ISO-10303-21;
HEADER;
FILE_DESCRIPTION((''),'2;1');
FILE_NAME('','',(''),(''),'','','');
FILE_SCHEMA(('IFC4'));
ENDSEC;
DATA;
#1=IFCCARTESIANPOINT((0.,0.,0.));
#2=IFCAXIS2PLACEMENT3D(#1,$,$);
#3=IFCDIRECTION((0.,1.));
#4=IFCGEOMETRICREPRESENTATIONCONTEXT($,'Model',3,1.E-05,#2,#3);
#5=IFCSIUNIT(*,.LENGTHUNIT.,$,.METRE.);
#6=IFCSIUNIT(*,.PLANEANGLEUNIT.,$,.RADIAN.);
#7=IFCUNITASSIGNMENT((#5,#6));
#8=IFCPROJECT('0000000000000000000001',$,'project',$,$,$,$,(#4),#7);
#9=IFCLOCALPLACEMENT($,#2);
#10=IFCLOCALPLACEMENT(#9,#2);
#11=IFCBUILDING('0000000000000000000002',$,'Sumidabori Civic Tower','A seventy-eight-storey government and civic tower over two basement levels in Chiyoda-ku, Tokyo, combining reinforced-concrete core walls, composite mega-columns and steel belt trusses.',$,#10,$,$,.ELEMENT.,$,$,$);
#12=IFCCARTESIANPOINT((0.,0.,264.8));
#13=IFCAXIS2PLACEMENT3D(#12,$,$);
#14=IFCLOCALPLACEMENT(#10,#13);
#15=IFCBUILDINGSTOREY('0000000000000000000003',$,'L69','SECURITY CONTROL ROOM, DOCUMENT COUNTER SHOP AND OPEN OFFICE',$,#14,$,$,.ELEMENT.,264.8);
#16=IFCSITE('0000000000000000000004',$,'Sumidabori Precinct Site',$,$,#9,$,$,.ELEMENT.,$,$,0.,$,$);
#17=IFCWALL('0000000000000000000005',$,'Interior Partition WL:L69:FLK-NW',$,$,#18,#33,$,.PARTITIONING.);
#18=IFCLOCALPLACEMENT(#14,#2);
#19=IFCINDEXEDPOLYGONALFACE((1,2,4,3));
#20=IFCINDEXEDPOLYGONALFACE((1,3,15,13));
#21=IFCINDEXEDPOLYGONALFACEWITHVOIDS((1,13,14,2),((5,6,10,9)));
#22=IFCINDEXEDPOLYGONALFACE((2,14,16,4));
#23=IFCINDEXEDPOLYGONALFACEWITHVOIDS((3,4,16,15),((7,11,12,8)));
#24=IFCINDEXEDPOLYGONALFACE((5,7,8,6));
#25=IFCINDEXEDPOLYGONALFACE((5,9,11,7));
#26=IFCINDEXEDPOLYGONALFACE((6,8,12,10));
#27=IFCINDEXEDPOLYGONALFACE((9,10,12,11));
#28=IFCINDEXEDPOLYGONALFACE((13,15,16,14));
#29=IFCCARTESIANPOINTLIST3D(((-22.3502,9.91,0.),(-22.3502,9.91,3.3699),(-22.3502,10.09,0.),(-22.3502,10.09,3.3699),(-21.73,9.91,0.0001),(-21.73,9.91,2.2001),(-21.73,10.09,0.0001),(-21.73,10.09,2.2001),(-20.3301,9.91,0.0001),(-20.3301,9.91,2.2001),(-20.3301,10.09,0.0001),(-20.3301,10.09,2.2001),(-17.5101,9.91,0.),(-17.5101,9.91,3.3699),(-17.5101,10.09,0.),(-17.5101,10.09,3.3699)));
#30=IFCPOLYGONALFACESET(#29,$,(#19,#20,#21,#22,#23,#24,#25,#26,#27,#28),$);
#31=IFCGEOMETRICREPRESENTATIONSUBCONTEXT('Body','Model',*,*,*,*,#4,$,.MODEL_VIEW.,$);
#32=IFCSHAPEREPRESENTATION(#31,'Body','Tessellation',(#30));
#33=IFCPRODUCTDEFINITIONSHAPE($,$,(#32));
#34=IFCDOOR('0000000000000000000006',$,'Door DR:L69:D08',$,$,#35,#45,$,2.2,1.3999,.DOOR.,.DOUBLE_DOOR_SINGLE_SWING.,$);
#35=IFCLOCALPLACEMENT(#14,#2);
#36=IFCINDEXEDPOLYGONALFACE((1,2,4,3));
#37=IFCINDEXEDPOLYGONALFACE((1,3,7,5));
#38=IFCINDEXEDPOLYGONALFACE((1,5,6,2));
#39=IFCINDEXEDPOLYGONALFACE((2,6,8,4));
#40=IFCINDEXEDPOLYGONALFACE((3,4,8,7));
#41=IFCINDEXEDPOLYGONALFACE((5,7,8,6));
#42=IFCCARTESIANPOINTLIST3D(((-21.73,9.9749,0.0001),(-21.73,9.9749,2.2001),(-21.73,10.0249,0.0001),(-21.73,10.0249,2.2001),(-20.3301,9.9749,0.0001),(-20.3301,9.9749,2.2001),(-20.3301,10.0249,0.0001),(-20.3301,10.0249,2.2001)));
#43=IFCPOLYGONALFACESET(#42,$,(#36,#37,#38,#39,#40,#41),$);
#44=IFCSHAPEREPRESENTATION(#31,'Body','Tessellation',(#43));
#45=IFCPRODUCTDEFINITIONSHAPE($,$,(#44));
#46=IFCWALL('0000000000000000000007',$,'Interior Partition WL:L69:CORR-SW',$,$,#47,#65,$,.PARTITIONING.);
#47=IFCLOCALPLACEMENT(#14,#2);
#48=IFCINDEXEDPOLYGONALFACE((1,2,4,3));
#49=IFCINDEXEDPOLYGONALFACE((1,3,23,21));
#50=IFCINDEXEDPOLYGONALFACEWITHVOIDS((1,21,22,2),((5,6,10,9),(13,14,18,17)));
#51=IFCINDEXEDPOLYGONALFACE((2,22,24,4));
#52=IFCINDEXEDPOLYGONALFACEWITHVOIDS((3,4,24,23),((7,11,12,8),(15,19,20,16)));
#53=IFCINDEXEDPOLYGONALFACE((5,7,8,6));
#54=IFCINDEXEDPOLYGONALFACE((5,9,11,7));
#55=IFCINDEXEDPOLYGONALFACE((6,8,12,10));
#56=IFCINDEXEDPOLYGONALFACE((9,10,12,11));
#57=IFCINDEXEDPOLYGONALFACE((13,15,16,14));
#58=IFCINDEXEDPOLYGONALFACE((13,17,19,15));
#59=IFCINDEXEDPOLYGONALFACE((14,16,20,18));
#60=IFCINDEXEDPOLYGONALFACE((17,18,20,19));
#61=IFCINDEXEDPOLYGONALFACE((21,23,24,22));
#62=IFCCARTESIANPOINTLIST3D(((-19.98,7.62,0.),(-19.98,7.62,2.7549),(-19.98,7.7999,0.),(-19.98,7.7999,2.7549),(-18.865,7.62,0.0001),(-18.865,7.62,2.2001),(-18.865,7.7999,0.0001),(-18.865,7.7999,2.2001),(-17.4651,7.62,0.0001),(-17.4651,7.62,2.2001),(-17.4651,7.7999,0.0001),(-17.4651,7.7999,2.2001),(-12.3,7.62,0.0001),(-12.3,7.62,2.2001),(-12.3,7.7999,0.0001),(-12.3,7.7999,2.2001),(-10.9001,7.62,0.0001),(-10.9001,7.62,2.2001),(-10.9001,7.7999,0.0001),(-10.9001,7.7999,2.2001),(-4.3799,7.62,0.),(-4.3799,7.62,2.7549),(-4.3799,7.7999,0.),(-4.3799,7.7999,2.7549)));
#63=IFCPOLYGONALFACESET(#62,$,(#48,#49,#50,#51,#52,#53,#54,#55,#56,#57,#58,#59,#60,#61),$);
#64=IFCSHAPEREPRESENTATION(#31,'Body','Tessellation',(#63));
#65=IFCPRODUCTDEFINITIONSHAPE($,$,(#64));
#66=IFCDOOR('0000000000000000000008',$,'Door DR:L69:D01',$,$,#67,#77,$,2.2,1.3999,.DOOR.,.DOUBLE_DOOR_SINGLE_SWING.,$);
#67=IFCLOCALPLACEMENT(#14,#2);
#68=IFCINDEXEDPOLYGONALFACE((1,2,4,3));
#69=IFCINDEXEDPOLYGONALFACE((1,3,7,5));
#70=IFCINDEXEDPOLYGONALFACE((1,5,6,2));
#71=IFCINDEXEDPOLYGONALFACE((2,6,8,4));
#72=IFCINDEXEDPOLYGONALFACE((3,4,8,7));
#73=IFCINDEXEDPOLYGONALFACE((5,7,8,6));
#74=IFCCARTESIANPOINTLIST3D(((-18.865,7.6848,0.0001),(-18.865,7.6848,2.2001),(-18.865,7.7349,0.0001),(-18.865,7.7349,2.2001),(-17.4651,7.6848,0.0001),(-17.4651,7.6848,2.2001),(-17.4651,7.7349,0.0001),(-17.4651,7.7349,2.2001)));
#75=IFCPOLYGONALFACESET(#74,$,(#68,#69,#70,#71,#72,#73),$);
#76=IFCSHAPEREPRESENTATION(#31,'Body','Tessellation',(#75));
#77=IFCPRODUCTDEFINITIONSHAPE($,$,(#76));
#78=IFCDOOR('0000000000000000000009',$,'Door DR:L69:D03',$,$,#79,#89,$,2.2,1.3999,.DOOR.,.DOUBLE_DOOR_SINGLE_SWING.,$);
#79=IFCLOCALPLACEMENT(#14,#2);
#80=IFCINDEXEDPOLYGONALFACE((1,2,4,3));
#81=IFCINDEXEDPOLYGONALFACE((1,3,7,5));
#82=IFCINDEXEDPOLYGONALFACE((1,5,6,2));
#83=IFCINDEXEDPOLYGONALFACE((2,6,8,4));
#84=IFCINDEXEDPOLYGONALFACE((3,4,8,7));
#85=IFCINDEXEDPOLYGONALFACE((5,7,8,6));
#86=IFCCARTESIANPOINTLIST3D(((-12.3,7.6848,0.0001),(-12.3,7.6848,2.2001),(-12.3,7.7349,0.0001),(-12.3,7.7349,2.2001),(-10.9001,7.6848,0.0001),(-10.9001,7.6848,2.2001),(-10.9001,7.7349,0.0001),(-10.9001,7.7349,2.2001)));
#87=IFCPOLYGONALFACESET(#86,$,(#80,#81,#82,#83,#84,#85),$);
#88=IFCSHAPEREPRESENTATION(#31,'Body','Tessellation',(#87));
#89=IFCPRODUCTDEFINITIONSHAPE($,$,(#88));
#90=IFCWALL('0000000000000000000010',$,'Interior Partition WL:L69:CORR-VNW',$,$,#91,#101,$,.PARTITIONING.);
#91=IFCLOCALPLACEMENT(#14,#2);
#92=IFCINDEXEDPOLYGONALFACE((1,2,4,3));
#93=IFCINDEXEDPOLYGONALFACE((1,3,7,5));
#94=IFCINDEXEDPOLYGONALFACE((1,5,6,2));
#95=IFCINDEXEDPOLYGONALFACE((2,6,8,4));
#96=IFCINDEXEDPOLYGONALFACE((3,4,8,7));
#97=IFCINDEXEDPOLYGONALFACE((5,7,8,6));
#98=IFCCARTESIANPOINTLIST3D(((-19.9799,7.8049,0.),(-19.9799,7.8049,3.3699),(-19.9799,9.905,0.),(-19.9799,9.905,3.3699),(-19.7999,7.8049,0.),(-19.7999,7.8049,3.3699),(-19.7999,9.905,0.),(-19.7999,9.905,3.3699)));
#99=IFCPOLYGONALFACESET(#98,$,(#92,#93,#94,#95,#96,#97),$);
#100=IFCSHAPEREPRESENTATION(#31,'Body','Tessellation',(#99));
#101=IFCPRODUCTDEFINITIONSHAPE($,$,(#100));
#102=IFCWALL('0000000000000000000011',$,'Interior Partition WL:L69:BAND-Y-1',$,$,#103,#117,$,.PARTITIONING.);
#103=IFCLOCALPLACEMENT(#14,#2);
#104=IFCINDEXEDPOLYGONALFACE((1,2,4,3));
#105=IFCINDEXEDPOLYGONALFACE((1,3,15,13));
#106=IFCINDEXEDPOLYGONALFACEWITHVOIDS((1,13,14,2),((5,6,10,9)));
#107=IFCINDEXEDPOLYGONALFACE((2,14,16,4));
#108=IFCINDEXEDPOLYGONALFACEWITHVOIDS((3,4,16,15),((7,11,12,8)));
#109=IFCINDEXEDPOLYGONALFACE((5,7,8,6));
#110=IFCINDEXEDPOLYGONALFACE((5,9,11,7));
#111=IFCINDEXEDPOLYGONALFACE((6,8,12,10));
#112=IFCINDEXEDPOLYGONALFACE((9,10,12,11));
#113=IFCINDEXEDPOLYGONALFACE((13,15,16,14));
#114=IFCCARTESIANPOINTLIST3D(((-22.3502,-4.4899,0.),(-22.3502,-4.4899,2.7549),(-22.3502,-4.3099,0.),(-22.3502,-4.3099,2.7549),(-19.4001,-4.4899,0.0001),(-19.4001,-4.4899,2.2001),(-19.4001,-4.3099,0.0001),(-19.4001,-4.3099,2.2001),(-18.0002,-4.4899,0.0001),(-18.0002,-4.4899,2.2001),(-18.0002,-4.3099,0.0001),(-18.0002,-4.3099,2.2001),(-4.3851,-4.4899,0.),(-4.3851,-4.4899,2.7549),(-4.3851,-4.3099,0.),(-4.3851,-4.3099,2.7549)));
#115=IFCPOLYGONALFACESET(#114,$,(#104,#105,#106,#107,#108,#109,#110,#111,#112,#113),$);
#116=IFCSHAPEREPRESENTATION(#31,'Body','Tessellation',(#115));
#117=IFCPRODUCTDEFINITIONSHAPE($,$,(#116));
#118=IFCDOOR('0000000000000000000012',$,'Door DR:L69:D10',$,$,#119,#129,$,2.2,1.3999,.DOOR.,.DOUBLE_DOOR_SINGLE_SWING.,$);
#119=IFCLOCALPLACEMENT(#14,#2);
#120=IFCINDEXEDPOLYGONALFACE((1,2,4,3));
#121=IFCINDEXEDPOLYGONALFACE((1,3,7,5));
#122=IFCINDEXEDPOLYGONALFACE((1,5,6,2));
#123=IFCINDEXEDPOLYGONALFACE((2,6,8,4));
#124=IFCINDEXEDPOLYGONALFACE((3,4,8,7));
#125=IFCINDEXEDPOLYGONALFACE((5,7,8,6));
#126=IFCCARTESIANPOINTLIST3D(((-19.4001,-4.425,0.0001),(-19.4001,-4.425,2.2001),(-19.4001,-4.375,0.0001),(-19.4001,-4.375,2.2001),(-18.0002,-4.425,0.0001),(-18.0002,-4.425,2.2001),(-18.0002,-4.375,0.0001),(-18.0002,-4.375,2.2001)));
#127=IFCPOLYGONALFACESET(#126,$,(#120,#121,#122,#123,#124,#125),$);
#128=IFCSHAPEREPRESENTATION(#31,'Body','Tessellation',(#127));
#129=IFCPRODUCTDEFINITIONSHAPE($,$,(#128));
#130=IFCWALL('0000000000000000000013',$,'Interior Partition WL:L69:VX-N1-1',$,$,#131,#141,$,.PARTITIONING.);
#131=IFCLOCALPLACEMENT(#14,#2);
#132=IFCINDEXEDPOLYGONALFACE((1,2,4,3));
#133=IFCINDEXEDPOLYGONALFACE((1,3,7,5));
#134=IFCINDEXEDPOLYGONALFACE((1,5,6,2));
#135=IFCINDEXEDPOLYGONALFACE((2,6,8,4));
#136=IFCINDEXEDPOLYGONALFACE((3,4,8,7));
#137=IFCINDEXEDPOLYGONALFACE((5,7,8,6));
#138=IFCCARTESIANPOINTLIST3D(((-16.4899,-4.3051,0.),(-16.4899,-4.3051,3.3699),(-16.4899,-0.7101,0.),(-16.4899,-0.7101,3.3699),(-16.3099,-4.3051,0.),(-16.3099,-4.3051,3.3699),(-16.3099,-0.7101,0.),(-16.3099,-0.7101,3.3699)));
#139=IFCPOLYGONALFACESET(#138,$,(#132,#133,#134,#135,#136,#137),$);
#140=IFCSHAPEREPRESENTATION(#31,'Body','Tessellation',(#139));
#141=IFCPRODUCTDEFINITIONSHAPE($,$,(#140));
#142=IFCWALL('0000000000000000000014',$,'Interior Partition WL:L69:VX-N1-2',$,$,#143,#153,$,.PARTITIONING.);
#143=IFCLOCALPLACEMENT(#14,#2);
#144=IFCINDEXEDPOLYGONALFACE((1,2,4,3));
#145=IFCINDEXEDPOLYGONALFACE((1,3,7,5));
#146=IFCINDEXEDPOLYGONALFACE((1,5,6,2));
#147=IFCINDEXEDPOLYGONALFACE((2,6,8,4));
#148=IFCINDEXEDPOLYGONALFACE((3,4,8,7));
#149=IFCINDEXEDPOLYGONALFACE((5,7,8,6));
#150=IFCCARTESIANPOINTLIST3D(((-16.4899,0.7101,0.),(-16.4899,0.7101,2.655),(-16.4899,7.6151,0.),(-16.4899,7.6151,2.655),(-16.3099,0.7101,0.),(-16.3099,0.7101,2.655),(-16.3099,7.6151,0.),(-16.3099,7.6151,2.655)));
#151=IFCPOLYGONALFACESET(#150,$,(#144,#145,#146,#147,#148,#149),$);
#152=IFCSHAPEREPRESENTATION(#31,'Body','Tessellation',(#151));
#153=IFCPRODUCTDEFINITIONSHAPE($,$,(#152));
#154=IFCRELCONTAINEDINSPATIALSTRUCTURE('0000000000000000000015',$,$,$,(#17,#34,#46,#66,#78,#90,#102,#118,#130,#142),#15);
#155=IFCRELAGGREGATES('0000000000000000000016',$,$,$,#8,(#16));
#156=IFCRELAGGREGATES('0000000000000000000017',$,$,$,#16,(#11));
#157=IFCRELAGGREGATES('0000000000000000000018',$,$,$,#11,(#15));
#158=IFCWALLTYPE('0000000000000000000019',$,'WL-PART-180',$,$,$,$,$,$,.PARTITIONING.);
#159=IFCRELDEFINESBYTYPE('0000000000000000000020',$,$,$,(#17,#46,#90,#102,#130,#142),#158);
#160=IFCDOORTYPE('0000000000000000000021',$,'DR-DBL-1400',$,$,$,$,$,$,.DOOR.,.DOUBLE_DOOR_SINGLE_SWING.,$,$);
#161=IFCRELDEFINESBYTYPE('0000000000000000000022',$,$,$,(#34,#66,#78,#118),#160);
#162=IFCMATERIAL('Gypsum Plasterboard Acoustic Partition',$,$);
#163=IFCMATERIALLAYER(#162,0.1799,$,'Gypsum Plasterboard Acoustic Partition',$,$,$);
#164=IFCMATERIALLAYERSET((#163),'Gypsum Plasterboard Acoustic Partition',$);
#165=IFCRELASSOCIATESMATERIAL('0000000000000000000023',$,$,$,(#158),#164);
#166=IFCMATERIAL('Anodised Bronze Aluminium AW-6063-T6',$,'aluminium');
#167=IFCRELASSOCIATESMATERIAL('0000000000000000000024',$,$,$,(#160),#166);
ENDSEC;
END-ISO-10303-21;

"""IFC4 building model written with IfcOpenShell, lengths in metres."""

from ifc_helpers import new_model, si_unit, direction, frame, frame_2d, origin, place, context, subcontext, project, spatial, rectangle, extrude, source, transform, mapped, material, layer, layer_set, type_object, element, fill, save


model = new_model("IFC4")

# Units and contexts
model_context = context("Model", 3, precision=1e-05, world=origin(), true_north=direction((0.0, 1.0)))
body_context = subcontext(model_context, "Body", "Model", "MODEL_VIEW")
ifc_project = project(units=[si_unit("LENGTHUNIT", "METRE"), si_unit("PLANEANGLEUNIT", "RADIAN")], contexts=[model_context])

# Site, building, storey
site_placement = place(None, origin())
site = spatial("IfcSite", under=ifc_project, at=site_placement, Name="Sumidabori Precinct Site", CompositionType="ELEMENT", RefElevation=0.0)
building_placement = place(site_placement, origin())
building = spatial("IfcBuilding", under=site, at=building_placement, Name="Sumidabori Civic Tower", Description="A seventy-eight-storey government and civic tower over two basement levels in Chiyoda-ku, Tokyo, combining reinforced-concrete core walls, composite mega-columns and steel belt trusses.", CompositionType="ELEMENT")
storey_placement = place(building_placement, frame((0.0, 0.0, 264.8)))
storey = spatial("IfcBuildingStorey", under=building, at=storey_placement, Name="L69", Description="SECURITY CONTROL ROOM, DOCUMENT COUNTER SHOP AND OPEN OFFICE", CompositionType="ELEMENT", Elevation=264.8)

# Shared definitions
ifc_material_1 = material(Name="Anodised Bronze Aluminium AW-6063-T6", Category="aluminium")

# Wall, opening, door
ifc_material_2 = material(Name="Gypsum Plasterboard Acoustic Partition")
ifc_layer_1 = layer(ifc_material_2, 0.1799, Name="Gypsum Plasterboard Acoustic Partition")
ifc_layer_set_1 = layer_set([ifc_layer_1], Name="Gypsum Plasterboard Acoustic Partition")
wall_type_1 = type_object("IfcWallType", Name="WL-PART-180", PredefinedType="PARTITIONING", material=ifc_layer_set_1)
shared_shape_1 = source(origin(), body_context, "Body", "SweptSolid", [
    extrude(rectangle(XDim=4.8401, YDim=0.1799, at=frame_2d((2.4199, 0.0))), origin(), (0.0, 0.0, 1.0), 3.3699),
])
wall_1_placement = place(storey_placement, frame((-22.3501, 10.0, 0.0), z_axis=(0.0, 0.0, 1.0), x_axis=(1.0, 0.0, 0.0)))
wall_1 = element("IfcWall", 1, at=wall_1_placement, inside=storey, type_object=wall_type_1, Name="Interior Partition WL:L69:FLK-NW", PredefinedType="PARTITIONING", context=body_context, shape_type="MappedRepresentation", body=[
    mapped(shared_shape_1, transform((0.0, 0.0, 0.0), x_axis=(1.0, 0.0, 0.0), y_axis=(0.0, 1.0, 0.0), z_axis=(0.0, 0.0, 1.0), scale=1.0)),
])
opening_1_placement = place(wall_1_placement, frame((0.6201, 0.0, 0.0)))
opening_1 = element("IfcOpeningElement", 2, at=opening_1_placement, cuts=wall_1, PredefinedType="OPENING", context=body_context, shape_type="SweptSolid", body=[
    extrude(rectangle(XDim=1.3999, YDim=2.2, at=frame_2d((0.7, 1.1001))), frame((0.0, 0.1021, 0.0), z_axis=(0.0, -1.0, 0.0), x_axis=(1.0, 0.0, 0.0)), (0.0, 0.0, 1.0), 0.2039),
])
door_type = type_object("IfcDoorType", Name="DR-DBL-1400", OperationType="DOUBLE_DOOR_SINGLE_SWING", PredefinedType="DOOR", material=ifc_material_1)
shared_shape_2 = source(origin(), body_context, "Body", "SweptSolid", [
    extrude(rectangle(XDim=1.3999, YDim=2.2, at=frame_2d((0.7, 1.1001))), frame((0.0, 0.0249, 0.0), z_axis=(0.0, -1.0, 0.0), x_axis=(1.0, 0.0, 0.0)), (0.0, 0.0, 1.0), 0.05),
])
door_1_placement = place(opening_1_placement, origin())
door_1 = element("IfcDoor", 3, at=door_1_placement, inside=storey, type_object=door_type, Name="Door DR:L69:D08", OperationType="DOUBLE_DOOR_SINGLE_SWING", OverallHeight=2.2, OverallWidth=1.3999, PredefinedType="DOOR", context=body_context, shape_type="MappedRepresentation", body=[
    mapped(shared_shape_2, transform((0.0, 0.0, 0.0), x_axis=(1.0, 0.0, 0.0), y_axis=(0.0, 1.0, 0.0), z_axis=(0.0, 0.0, 1.0), scale=1.0)),
])
fill(opening_1, door_1)

# Wall, openings, doors
shared_shape_3 = source(origin(), body_context, "Body", "SweptSolid", [
    extrude(rectangle(XDim=15.6001, YDim=0.1799, at=frame_2d((7.8, 0.0))), origin(), (0.0, 0.0, 1.0), 2.7549),
])
wall_2_placement = place(storey_placement, frame((-19.98, 7.71, 0.0), z_axis=(0.0, 0.0, 1.0), x_axis=(1.0, 0.0, 0.0)))
wall_2 = element("IfcWall", 4, at=wall_2_placement, inside=storey, type_object=wall_type_1, Name="Interior Partition WL:L69:CORR-SW", PredefinedType="PARTITIONING", context=body_context, shape_type="MappedRepresentation", body=[
    mapped(shared_shape_3, transform((0.0, 0.0, 0.0), x_axis=(1.0, 0.0, 0.0), y_axis=(0.0, 1.0, 0.0), z_axis=(0.0, 0.0, 1.0), scale=1.0)),
])
opening_2_placement = place(wall_2_placement, frame((1.115, 0.0, 0.0)))
opening_2 = element("IfcOpeningElement", 5, at=opening_2_placement, cuts=wall_2, PredefinedType="OPENING", context=body_context, shape_type="SweptSolid", body=[
    extrude(rectangle(XDim=1.3999, YDim=2.2, at=frame_2d((0.7, 1.1001))), frame((0.0, 0.1021, 0.0), z_axis=(0.0, -1.0, 0.0), x_axis=(1.0, 0.0, 0.0)), (0.0, 0.0, 1.0), 0.2039),
])
opening_3_placement = place(wall_2_placement, frame((7.6799, 0.0, 0.0)))
opening_3 = element("IfcOpeningElement", 6, at=opening_3_placement, cuts=wall_2, PredefinedType="OPENING", context=body_context, shape_type="SweptSolid", body=[
    extrude(rectangle(XDim=1.3999, YDim=2.2, at=frame_2d((0.7, 1.1001))), frame((0.0, 0.1021, 0.0), z_axis=(0.0, -1.0, 0.0), x_axis=(1.0, 0.0, 0.0)), (0.0, 0.0, 1.0), 0.2039),
])
door_2_placement = place(opening_2_placement, origin())
door_2 = element("IfcDoor", 7, at=door_2_placement, inside=storey, type_object=door_type, Name="Door DR:L69:D01", OperationType="DOUBLE_DOOR_SINGLE_SWING", OverallHeight=2.2, OverallWidth=1.3999, PredefinedType="DOOR", context=body_context, shape_type="MappedRepresentation", body=[
    mapped(shared_shape_2, transform((0.0, 0.0, 0.0), x_axis=(1.0, 0.0, 0.0), y_axis=(0.0, 1.0, 0.0), z_axis=(0.0, 0.0, 1.0), scale=1.0)),
])
fill(opening_2, door_2)
door_3_placement = place(opening_3_placement, origin())
door_3 = element("IfcDoor", 8, at=door_3_placement, inside=storey, type_object=door_type, Name="Door DR:L69:D03", OperationType="DOUBLE_DOOR_SINGLE_SWING", OverallHeight=2.2, OverallWidth=1.3999, PredefinedType="DOOR", context=body_context, shape_type="MappedRepresentation", body=[
    mapped(shared_shape_2, transform((0.0, 0.0, 0.0), x_axis=(1.0, 0.0, 0.0), y_axis=(0.0, 1.0, 0.0), z_axis=(0.0, 0.0, 1.0), scale=1.0)),
])
fill(opening_3, door_3)

# Wall
shared_shape_4 = source(origin(), body_context, "Body", "SweptSolid", [
    extrude(rectangle(XDim=2.1001, YDim=0.1799, at=frame_2d((1.05, 0.0))), origin(), (0.0, 0.0, 1.0), 3.3699),
])
wall_3_placement = place(storey_placement, frame((-19.8899, 7.8049, 0.0), z_axis=(0.0, 0.0, 1.0), x_axis=(0.0, 1.0, 0.0)))
element("IfcWall", 9, at=wall_3_placement, inside=storey, type_object=wall_type_1, Name="Interior Partition WL:L69:CORR-VNW", PredefinedType="PARTITIONING", context=body_context, shape_type="MappedRepresentation", body=[
    mapped(shared_shape_4, transform((0.0, 0.0, 0.0), x_axis=(1.0, 0.0, 0.0), y_axis=(0.0, 1.0, 0.0), z_axis=(0.0, 0.0, 1.0), scale=1.0)),
])

# Wall, opening, door
shared_shape_5 = source(origin(), body_context, "Body", "SweptSolid", [
    extrude(rectangle(XDim=17.9651, YDim=0.1799, at=frame_2d((8.9824, 0.0))), origin(), (0.0, 0.0, 1.0), 2.7549),
])
wall_4_placement = place(storey_placement, frame((-22.3501, -4.3999, 0.0), z_axis=(0.0, 0.0, 1.0), x_axis=(1.0, 0.0, 0.0)))
wall_4 = element("IfcWall", 10, at=wall_4_placement, inside=storey, type_object=wall_type_1, Name="Interior Partition WL:L69:BAND-Y-1", PredefinedType="PARTITIONING", context=body_context, shape_type="MappedRepresentation", body=[
    mapped(shared_shape_5, transform((0.0, 0.0, 0.0), x_axis=(1.0, 0.0, 0.0), y_axis=(0.0, 1.0, 0.0), z_axis=(0.0, 0.0, 1.0), scale=1.0)),
])
opening_4_placement = place(wall_4_placement, frame((2.95, 0.0, 0.0)))
opening_4 = element("IfcOpeningElement", 11, at=opening_4_placement, cuts=wall_4, PredefinedType="OPENING", context=body_context, shape_type="SweptSolid", body=[
    extrude(rectangle(XDim=1.3999, YDim=2.2, at=frame_2d((0.7, 1.1001))), frame((0.0, 0.1021, 0.0), z_axis=(0.0, -1.0, 0.0), x_axis=(1.0, 0.0, 0.0)), (0.0, 0.0, 1.0), 0.2039),
])
door_4_placement = place(opening_4_placement, origin())
door_4 = element("IfcDoor", 12, at=door_4_placement, inside=storey, type_object=door_type, Name="Door DR:L69:D10", OperationType="DOUBLE_DOOR_SINGLE_SWING", OverallHeight=2.2, OverallWidth=1.3999, PredefinedType="DOOR", context=body_context, shape_type="MappedRepresentation", body=[
    mapped(shared_shape_2, transform((0.0, 0.0, 0.0), x_axis=(1.0, 0.0, 0.0), y_axis=(0.0, 1.0, 0.0), z_axis=(0.0, 0.0, 1.0), scale=1.0)),
])
fill(opening_4, door_4)

# Walls
shared_shape_6 = source(origin(), body_context, "Body", "SweptSolid", [
    extrude(rectangle(XDim=3.595, YDim=0.1799, at=frame_2d((1.7974, 0.0))), origin(), (0.0, 0.0, 1.0), 3.3699),
])
wall_5_placement = place(storey_placement, frame((-16.3999, -4.3049, 0.0), z_axis=(0.0, 0.0, 1.0), x_axis=(0.0, 1.0, 0.0)))
element("IfcWall", 13, at=wall_5_placement, inside=storey, type_object=wall_type_1, Name="Interior Partition WL:L69:VX-N1-1", PredefinedType="PARTITIONING", context=body_context, shape_type="MappedRepresentation", body=[
    mapped(shared_shape_6, transform((0.0, 0.0, 0.0), x_axis=(1.0, 0.0, 0.0), y_axis=(0.0, 1.0, 0.0), z_axis=(0.0, 0.0, 1.0), scale=1.0)),
])
shared_shape_7 = source(origin(), body_context, "Body", "SweptSolid", [
    extrude(rectangle(XDim=6.905, YDim=0.1799, at=frame_2d((3.4526, 0.0))), origin(), (0.0, 0.0, 1.0), 2.655),
])
wall_6_placement = place(storey_placement, frame((-16.3999, 0.71, 0.0), z_axis=(0.0, 0.0, 1.0), x_axis=(0.0, 1.0, 0.0)))
element("IfcWall", 14, at=wall_6_placement, inside=storey, type_object=wall_type_1, Name="Interior Partition WL:L69:VX-N1-2", PredefinedType="PARTITIONING", context=body_context, shape_type="MappedRepresentation", body=[
    mapped(shared_shape_7, transform((0.0, 0.0, 0.0), x_axis=(1.0, 0.0, 0.0), y_axis=(0.0, 1.0, 0.0), z_axis=(0.0, 0.0, 1.0), scale=1.0)),
])

save(model, "model.ifc")
